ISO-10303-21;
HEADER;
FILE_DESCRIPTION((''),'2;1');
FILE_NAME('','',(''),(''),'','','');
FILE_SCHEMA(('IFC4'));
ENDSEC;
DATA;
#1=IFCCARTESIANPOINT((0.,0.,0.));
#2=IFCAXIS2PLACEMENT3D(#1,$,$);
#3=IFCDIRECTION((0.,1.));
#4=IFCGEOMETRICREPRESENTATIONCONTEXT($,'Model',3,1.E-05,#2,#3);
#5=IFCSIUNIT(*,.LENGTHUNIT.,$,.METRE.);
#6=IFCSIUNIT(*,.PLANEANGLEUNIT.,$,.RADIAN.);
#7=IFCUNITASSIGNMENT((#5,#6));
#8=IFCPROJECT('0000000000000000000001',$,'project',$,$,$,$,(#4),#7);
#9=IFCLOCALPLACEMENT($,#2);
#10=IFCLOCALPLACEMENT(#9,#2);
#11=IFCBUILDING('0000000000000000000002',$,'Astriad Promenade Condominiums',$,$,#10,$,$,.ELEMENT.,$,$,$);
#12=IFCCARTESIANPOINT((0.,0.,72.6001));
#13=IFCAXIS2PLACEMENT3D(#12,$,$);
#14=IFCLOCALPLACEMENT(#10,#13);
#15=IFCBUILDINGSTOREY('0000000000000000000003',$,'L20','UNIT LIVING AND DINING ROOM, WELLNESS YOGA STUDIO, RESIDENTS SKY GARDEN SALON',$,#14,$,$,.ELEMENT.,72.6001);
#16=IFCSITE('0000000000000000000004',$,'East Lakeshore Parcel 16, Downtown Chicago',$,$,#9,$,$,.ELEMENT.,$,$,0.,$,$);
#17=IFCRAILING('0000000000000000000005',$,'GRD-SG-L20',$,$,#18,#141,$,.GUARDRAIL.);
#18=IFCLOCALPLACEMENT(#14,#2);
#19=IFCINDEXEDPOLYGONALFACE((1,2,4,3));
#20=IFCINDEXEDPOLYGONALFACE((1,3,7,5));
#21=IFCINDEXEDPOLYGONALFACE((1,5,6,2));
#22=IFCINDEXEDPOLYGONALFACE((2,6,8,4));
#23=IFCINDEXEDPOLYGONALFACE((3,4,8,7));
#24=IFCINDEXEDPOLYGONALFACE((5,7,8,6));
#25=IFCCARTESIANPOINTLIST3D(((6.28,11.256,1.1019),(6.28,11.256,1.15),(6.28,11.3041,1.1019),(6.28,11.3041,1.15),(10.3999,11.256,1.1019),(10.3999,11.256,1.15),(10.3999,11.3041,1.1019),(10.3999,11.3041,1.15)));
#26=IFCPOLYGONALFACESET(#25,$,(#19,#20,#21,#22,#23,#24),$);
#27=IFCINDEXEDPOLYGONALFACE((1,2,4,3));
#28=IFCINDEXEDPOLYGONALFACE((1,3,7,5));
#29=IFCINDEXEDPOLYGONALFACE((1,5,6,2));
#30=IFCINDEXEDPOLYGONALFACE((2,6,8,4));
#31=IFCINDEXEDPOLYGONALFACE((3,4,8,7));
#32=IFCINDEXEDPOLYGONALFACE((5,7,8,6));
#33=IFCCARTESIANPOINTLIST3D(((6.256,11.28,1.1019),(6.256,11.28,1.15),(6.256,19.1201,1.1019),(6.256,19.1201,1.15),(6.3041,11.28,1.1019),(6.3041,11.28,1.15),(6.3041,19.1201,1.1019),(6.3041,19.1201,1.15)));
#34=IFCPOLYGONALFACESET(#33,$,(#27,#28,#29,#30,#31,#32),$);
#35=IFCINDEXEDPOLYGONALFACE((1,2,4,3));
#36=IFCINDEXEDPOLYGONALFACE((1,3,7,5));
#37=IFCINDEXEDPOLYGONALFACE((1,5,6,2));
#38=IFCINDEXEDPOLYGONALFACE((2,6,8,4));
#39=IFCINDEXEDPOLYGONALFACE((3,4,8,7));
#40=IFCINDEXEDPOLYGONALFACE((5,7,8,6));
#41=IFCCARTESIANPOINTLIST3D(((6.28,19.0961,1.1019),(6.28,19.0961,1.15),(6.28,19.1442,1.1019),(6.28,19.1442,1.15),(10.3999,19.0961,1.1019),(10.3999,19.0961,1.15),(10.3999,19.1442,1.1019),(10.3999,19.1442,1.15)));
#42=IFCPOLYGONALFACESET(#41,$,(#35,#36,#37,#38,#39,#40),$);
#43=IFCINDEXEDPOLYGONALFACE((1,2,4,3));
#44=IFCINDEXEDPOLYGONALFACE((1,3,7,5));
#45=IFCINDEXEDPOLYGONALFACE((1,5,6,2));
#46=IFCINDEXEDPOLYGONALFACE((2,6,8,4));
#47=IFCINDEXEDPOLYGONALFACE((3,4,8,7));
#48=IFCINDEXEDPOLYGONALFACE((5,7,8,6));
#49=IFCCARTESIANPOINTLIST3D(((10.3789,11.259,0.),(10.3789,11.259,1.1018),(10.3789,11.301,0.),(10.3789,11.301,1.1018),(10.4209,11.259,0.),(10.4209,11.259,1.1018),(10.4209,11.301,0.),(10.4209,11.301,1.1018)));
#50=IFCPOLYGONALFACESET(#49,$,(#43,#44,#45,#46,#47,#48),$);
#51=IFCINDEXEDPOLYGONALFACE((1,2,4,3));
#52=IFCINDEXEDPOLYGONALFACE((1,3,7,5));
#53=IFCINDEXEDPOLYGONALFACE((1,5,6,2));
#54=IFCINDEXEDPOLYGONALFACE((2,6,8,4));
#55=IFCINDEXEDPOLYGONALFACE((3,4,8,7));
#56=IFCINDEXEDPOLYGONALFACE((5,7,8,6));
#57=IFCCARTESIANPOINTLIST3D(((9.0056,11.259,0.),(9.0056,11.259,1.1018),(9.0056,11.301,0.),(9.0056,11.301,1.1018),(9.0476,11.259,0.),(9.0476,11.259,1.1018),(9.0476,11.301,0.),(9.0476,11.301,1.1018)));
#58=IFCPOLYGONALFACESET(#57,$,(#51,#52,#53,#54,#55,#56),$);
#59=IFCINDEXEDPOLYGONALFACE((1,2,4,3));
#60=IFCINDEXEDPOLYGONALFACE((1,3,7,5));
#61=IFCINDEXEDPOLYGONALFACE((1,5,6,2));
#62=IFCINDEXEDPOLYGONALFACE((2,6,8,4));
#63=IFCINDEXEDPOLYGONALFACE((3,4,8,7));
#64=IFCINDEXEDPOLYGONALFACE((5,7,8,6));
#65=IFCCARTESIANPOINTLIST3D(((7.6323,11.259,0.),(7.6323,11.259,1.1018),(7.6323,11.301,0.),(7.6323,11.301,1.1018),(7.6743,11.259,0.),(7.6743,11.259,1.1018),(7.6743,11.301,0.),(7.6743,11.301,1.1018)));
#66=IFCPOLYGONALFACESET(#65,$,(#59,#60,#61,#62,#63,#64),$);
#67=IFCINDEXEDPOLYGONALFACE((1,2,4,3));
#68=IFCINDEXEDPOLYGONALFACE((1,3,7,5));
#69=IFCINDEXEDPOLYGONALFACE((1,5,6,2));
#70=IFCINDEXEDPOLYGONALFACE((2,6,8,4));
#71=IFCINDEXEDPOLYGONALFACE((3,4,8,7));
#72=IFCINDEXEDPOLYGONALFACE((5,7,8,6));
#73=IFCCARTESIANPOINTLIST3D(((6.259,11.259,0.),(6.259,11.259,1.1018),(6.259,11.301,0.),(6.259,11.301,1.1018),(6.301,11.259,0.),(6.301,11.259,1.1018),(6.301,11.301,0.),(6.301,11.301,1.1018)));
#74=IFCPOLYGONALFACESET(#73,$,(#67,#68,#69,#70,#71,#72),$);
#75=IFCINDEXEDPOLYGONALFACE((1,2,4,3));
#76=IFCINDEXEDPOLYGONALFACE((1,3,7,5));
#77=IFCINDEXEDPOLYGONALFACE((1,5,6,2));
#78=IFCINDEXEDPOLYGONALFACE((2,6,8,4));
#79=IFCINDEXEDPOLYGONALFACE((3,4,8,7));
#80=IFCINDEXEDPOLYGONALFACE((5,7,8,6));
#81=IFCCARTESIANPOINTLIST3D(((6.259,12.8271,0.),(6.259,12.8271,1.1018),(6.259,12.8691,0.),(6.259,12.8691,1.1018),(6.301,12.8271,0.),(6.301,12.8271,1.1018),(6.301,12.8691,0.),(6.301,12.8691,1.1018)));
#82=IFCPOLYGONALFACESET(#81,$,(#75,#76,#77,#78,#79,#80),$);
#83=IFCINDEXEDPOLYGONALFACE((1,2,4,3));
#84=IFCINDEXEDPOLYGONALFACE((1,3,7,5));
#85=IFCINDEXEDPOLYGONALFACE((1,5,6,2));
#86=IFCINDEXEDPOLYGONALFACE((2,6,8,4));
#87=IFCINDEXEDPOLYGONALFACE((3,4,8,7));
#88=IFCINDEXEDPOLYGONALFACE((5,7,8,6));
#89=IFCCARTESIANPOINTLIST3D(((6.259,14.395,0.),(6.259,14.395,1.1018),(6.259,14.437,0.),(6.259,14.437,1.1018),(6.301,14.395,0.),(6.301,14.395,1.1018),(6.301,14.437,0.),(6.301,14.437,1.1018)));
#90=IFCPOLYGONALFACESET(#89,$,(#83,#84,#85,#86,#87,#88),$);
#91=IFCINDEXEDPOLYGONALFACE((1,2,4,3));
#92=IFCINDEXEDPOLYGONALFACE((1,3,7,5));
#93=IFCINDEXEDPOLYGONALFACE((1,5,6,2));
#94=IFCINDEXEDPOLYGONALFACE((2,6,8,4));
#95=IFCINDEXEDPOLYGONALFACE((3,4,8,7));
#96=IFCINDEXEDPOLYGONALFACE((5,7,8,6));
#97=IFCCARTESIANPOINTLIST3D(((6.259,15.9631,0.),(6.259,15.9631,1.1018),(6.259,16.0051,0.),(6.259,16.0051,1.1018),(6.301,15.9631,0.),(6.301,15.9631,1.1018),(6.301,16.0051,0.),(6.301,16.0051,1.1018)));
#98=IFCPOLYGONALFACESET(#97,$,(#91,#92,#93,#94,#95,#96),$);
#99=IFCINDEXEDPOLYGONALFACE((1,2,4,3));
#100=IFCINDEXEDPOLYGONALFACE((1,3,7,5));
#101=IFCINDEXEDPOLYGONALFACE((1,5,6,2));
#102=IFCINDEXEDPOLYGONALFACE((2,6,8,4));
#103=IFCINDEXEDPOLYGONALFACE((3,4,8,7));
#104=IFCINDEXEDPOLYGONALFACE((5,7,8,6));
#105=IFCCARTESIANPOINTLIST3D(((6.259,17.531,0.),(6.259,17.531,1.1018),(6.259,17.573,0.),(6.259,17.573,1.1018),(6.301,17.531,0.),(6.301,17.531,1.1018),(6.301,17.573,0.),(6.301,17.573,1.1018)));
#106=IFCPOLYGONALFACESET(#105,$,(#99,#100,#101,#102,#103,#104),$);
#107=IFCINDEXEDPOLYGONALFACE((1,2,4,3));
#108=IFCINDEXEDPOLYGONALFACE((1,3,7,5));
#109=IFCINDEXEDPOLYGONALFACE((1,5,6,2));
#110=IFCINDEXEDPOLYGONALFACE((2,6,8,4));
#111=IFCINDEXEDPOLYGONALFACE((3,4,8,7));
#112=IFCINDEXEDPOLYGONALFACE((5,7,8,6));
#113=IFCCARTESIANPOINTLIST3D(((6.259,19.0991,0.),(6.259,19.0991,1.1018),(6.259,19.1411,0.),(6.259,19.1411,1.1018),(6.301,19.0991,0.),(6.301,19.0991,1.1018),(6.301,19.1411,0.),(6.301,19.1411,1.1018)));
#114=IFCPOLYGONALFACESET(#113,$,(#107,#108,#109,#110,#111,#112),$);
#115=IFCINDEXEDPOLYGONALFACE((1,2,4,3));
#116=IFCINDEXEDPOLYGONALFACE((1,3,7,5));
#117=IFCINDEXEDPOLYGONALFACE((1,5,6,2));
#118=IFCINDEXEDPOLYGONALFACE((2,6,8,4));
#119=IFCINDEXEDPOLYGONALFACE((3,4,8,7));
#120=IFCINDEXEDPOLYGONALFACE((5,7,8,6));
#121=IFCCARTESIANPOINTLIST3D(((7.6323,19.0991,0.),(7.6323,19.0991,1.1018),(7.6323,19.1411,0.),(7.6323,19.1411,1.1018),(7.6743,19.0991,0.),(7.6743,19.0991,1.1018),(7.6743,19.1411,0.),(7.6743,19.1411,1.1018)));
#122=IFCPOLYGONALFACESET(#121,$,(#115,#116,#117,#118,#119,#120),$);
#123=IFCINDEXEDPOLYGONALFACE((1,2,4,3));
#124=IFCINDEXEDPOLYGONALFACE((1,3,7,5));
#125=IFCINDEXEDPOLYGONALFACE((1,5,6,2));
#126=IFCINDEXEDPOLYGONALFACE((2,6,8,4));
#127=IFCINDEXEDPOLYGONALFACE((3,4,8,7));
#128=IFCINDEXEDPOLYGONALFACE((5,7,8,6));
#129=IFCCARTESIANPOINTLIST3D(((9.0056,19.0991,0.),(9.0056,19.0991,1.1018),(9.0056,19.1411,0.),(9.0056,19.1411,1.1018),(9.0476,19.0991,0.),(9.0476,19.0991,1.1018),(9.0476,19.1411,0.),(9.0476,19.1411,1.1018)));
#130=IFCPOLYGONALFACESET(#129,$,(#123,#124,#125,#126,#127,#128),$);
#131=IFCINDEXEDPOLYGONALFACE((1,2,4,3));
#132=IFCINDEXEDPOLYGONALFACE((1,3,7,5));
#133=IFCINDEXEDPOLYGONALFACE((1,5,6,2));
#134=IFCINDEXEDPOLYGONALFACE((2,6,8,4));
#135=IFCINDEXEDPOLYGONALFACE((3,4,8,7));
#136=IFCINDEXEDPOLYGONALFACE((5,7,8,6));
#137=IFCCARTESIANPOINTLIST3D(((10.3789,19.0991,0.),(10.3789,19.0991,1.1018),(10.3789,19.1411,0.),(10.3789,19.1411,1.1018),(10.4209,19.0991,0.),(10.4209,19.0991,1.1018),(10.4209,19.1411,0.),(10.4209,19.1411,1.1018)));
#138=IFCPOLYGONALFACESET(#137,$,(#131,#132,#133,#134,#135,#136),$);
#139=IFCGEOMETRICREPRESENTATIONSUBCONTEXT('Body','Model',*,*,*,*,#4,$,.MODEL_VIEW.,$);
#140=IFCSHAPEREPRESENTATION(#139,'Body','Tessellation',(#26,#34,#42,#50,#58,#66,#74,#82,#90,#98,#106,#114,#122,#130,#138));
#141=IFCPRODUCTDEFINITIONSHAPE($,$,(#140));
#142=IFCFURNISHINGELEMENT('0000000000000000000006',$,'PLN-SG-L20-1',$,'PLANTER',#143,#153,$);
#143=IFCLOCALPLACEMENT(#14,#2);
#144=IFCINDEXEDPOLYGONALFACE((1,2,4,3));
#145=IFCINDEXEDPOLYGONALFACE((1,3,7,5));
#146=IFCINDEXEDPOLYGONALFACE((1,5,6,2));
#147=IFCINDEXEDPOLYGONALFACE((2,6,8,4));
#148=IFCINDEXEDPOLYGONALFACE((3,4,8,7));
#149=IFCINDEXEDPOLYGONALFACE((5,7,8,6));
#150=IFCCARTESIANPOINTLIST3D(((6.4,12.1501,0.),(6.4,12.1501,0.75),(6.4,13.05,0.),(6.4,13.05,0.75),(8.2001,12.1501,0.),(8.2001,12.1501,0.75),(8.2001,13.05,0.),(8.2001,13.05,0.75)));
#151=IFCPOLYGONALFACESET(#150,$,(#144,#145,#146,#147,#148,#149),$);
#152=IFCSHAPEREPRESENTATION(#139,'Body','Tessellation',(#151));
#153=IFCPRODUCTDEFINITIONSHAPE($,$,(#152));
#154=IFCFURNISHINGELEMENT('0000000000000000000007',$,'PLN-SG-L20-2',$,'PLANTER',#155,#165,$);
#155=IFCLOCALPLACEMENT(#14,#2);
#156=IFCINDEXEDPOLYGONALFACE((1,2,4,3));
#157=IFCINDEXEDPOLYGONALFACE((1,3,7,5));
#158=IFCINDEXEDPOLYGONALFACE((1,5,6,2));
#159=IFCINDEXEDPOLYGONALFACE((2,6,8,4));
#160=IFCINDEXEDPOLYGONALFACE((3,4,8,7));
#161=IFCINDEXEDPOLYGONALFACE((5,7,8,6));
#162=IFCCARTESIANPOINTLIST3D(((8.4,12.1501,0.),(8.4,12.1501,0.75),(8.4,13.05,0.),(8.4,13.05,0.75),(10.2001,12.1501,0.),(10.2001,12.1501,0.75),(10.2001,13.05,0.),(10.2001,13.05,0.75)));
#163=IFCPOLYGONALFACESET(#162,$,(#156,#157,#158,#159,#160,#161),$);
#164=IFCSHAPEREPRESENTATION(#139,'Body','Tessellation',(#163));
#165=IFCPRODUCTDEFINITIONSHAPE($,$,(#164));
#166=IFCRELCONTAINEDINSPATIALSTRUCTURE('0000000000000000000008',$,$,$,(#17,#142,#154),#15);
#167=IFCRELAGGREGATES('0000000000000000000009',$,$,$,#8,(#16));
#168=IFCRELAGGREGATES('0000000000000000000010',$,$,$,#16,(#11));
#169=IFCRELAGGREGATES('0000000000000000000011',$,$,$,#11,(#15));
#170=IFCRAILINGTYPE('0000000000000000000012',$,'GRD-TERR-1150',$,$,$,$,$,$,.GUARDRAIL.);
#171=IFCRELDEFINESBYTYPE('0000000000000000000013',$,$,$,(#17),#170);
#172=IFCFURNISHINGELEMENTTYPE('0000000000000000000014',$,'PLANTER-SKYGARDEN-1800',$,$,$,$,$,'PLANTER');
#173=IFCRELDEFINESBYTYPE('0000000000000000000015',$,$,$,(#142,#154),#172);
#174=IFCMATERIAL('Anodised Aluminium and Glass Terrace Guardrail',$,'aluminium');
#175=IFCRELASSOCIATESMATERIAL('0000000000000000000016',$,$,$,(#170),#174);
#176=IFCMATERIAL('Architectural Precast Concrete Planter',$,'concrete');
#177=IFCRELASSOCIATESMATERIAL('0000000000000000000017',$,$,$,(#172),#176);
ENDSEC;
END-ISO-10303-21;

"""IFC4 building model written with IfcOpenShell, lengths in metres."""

from ifc_helpers import new_model, si_unit, direction, frame, origin, origin_2d, place, context, subcontext, project, spatial, rectangle, extrude, source, transform, mapped, material, type_object, type_shapes, element, save


model = new_model("IFC4")

# Units and contexts
model_context = context("Model", 3, precision=1e-05, world=origin(), true_north=direction((0.0, 1.0)))
body_context = subcontext(model_context, "Body", "Model", "MODEL_VIEW")
ifc_project = project(units=[si_unit("LENGTHUNIT", "METRE"), si_unit("PLANEANGLEUNIT", "RADIAN")], contexts=[model_context])

# Site, building, storey
site_placement = place(None, origin())
site = spatial("IfcSite", under=ifc_project, at=site_placement, Name="East Lakeshore Parcel 16, Downtown Chicago", CompositionType="ELEMENT", RefElevation=0.0)
building_placement = place(site_placement, origin())
building = spatial("IfcBuilding", under=site, at=building_placement, Name="Astriad Promenade Condominiums", CompositionType="ELEMENT")
storey_placement = place(building_placement, frame((0.0, 0.0, 72.6001)))
storey = spatial("IfcBuildingStorey", under=building, at=storey_placement, Name="L20", Description="UNIT LIVING AND DINING ROOM, WELLNESS YOGA STUDIO, RESIDENTS SKY GARDEN SALON", CompositionType="ELEMENT", Elevation=72.6001)

# Railing
ifc_material_1 = material(Name="Anodised Aluminium and Glass Terrace Guardrail", Category="aluminium")
railing_type = type_object("IfcRailingType", Name="GRD-TERR-1150", PredefinedType="GUARDRAIL", material=ifc_material_1)
shared_shape_1 = source(origin(), body_context, "Body", "SweptSolid", [
    extrude(rectangle(XDim=0.0481, YDim=0.0481, at=origin_2d()), frame((0.0, 0.0, 1.126), z_axis=(-1.0, 0.0, 0.0), x_axis=(0.0, -1.0, 0.0)), (0.0, 0.0, 1.0), 4.1199),
    extrude(rectangle(XDim=0.0481, YDim=0.0481, at=origin_2d()), frame((-4.1199, 0.0, 1.126), z_axis=(0.0, 1.0, 0.0), x_axis=(-1.0, 0.0, 0.0)), (0.0, 0.0, 1.0), 7.8401),
    extrude(rectangle(XDim=0.0481, YDim=0.0481, at=origin_2d()), frame((-4.1199, 7.8401, 1.126), z_axis=(1.0, 0.0, 0.0), x_axis=(0.0, 1.0, 0.0)), (0.0, 0.0, 1.0), 4.1199),
    extrude(rectangle(XDim=0.042, YDim=0.042, at=origin_2d()), origin(), (0.0, 0.0, 1.0), 1.1018),
    extrude(rectangle(XDim=0.042, YDim=0.042, at=origin_2d()), frame((-1.3733, 0.0, 0.0)), (0.0, 0.0, 1.0), 1.1018),
    extrude(rectangle(XDim=0.042, YDim=0.042, at=origin_2d()), frame((-2.7466, 0.0, 0.0)), (0.0, 0.0, 1.0), 1.1018),
    extrude(rectangle(XDim=0.042, YDim=0.042, at=origin_2d()), frame((-4.1199, 0.0, 0.0)), (0.0, 0.0, 1.0), 1.1018),
    extrude(rectangle(XDim=0.042, YDim=0.042, at=origin_2d()), frame((-4.1199, 1.5681, 0.0)), (0.0, 0.0, 1.0), 1.1018),
    extrude(rectangle(XDim=0.042, YDim=0.042, at=origin_2d()), frame((-4.1199, 3.136, 0.0)), (0.0, 0.0, 1.0), 1.1018),
    extrude(rectangle(XDim=0.042, YDim=0.042, at=origin_2d()), frame((-4.1199, 4.7041, 0.0)), (0.0, 0.0, 1.0), 1.1018),
    extrude(rectangle(XDim=0.042, YDim=0.042, at=origin_2d()), frame((-4.1199, 6.272, 0.0)), (0.0, 0.0, 1.0), 1.1018),
    extrude(rectangle(XDim=0.042, YDim=0.042, at=origin_2d()), frame((-4.1199, 7.8401, 0.0)), (0.0, 0.0, 1.0), 1.1018),
    extrude(rectangle(XDim=0.042, YDim=0.042, at=origin_2d()), frame((-2.7466, 7.8401, 0.0)), (0.0, 0.0, 1.0), 1.1018),
    extrude(rectangle(XDim=0.042, YDim=0.042, at=origin_2d()), frame((-1.3733, 7.8401, 0.0)), (0.0, 0.0, 1.0), 1.1018),
    extrude(rectangle(XDim=0.042, YDim=0.042, at=origin_2d()), frame((0.0, 7.8401, 0.0)), (0.0, 0.0, 1.0), 1.1018),
])
type_shapes(railing_type, [shared_shape_1])
railing_placement = place(storey_placement, frame((10.3999, 11.28, 0.0)))
element("IfcRailing", 1, at=railing_placement, inside=storey, type_object=railing_type, Name="GRD-SG-L20", PredefinedType="GUARDRAIL", context=body_context, shape_type="MappedRepresentation", body=[
    mapped(shared_shape_1, transform((0.0, 0.0, 0.0), scale=1.0)),
])

# Furnishing elements
ifc_material_2 = material(Name="Architectural Precast Concrete Planter", Category="concrete")
furnishing_element_type = type_object("IfcFurnishingElementType", Name="PLANTER-SKYGARDEN-1800", ElementType="PLANTER", material=ifc_material_2)
shared_shape_2 = source(origin(), body_context, "Body", "SweptSolid", [
    extrude(rectangle(XDim=1.8, YDim=0.8999, at=origin_2d()), origin(), (0.0, 0.0, 1.0), 0.75),
])
type_shapes(furnishing_element_type, [shared_shape_2])
for number, where, z_axis, x_axis, name in (
    (2, (7.3, 12.6001, 0.0), (0.0, 0.0, 1.0), (1.0, 0.0, 0.0), "PLN-SG-L20-1"),
    (3, (9.3, 12.6001, 0.0), (0.0, 0.0, 1.0), (1.0, 0.0, 0.0), "PLN-SG-L20-2"),
):
    element("IfcFurnishingElement", number, at=place(storey_placement, frame(where, z_axis=z_axis, x_axis=x_axis)), inside=storey, type_object=furnishing_element_type, Name=name, ObjectType="PLANTER", context=body_context, shape_type="MappedRepresentation", body=[
        mapped(shared_shape_2, transform((0.0, 0.0, 0.0), scale=1.0)),
    ])

save(model, "model.ifc")
